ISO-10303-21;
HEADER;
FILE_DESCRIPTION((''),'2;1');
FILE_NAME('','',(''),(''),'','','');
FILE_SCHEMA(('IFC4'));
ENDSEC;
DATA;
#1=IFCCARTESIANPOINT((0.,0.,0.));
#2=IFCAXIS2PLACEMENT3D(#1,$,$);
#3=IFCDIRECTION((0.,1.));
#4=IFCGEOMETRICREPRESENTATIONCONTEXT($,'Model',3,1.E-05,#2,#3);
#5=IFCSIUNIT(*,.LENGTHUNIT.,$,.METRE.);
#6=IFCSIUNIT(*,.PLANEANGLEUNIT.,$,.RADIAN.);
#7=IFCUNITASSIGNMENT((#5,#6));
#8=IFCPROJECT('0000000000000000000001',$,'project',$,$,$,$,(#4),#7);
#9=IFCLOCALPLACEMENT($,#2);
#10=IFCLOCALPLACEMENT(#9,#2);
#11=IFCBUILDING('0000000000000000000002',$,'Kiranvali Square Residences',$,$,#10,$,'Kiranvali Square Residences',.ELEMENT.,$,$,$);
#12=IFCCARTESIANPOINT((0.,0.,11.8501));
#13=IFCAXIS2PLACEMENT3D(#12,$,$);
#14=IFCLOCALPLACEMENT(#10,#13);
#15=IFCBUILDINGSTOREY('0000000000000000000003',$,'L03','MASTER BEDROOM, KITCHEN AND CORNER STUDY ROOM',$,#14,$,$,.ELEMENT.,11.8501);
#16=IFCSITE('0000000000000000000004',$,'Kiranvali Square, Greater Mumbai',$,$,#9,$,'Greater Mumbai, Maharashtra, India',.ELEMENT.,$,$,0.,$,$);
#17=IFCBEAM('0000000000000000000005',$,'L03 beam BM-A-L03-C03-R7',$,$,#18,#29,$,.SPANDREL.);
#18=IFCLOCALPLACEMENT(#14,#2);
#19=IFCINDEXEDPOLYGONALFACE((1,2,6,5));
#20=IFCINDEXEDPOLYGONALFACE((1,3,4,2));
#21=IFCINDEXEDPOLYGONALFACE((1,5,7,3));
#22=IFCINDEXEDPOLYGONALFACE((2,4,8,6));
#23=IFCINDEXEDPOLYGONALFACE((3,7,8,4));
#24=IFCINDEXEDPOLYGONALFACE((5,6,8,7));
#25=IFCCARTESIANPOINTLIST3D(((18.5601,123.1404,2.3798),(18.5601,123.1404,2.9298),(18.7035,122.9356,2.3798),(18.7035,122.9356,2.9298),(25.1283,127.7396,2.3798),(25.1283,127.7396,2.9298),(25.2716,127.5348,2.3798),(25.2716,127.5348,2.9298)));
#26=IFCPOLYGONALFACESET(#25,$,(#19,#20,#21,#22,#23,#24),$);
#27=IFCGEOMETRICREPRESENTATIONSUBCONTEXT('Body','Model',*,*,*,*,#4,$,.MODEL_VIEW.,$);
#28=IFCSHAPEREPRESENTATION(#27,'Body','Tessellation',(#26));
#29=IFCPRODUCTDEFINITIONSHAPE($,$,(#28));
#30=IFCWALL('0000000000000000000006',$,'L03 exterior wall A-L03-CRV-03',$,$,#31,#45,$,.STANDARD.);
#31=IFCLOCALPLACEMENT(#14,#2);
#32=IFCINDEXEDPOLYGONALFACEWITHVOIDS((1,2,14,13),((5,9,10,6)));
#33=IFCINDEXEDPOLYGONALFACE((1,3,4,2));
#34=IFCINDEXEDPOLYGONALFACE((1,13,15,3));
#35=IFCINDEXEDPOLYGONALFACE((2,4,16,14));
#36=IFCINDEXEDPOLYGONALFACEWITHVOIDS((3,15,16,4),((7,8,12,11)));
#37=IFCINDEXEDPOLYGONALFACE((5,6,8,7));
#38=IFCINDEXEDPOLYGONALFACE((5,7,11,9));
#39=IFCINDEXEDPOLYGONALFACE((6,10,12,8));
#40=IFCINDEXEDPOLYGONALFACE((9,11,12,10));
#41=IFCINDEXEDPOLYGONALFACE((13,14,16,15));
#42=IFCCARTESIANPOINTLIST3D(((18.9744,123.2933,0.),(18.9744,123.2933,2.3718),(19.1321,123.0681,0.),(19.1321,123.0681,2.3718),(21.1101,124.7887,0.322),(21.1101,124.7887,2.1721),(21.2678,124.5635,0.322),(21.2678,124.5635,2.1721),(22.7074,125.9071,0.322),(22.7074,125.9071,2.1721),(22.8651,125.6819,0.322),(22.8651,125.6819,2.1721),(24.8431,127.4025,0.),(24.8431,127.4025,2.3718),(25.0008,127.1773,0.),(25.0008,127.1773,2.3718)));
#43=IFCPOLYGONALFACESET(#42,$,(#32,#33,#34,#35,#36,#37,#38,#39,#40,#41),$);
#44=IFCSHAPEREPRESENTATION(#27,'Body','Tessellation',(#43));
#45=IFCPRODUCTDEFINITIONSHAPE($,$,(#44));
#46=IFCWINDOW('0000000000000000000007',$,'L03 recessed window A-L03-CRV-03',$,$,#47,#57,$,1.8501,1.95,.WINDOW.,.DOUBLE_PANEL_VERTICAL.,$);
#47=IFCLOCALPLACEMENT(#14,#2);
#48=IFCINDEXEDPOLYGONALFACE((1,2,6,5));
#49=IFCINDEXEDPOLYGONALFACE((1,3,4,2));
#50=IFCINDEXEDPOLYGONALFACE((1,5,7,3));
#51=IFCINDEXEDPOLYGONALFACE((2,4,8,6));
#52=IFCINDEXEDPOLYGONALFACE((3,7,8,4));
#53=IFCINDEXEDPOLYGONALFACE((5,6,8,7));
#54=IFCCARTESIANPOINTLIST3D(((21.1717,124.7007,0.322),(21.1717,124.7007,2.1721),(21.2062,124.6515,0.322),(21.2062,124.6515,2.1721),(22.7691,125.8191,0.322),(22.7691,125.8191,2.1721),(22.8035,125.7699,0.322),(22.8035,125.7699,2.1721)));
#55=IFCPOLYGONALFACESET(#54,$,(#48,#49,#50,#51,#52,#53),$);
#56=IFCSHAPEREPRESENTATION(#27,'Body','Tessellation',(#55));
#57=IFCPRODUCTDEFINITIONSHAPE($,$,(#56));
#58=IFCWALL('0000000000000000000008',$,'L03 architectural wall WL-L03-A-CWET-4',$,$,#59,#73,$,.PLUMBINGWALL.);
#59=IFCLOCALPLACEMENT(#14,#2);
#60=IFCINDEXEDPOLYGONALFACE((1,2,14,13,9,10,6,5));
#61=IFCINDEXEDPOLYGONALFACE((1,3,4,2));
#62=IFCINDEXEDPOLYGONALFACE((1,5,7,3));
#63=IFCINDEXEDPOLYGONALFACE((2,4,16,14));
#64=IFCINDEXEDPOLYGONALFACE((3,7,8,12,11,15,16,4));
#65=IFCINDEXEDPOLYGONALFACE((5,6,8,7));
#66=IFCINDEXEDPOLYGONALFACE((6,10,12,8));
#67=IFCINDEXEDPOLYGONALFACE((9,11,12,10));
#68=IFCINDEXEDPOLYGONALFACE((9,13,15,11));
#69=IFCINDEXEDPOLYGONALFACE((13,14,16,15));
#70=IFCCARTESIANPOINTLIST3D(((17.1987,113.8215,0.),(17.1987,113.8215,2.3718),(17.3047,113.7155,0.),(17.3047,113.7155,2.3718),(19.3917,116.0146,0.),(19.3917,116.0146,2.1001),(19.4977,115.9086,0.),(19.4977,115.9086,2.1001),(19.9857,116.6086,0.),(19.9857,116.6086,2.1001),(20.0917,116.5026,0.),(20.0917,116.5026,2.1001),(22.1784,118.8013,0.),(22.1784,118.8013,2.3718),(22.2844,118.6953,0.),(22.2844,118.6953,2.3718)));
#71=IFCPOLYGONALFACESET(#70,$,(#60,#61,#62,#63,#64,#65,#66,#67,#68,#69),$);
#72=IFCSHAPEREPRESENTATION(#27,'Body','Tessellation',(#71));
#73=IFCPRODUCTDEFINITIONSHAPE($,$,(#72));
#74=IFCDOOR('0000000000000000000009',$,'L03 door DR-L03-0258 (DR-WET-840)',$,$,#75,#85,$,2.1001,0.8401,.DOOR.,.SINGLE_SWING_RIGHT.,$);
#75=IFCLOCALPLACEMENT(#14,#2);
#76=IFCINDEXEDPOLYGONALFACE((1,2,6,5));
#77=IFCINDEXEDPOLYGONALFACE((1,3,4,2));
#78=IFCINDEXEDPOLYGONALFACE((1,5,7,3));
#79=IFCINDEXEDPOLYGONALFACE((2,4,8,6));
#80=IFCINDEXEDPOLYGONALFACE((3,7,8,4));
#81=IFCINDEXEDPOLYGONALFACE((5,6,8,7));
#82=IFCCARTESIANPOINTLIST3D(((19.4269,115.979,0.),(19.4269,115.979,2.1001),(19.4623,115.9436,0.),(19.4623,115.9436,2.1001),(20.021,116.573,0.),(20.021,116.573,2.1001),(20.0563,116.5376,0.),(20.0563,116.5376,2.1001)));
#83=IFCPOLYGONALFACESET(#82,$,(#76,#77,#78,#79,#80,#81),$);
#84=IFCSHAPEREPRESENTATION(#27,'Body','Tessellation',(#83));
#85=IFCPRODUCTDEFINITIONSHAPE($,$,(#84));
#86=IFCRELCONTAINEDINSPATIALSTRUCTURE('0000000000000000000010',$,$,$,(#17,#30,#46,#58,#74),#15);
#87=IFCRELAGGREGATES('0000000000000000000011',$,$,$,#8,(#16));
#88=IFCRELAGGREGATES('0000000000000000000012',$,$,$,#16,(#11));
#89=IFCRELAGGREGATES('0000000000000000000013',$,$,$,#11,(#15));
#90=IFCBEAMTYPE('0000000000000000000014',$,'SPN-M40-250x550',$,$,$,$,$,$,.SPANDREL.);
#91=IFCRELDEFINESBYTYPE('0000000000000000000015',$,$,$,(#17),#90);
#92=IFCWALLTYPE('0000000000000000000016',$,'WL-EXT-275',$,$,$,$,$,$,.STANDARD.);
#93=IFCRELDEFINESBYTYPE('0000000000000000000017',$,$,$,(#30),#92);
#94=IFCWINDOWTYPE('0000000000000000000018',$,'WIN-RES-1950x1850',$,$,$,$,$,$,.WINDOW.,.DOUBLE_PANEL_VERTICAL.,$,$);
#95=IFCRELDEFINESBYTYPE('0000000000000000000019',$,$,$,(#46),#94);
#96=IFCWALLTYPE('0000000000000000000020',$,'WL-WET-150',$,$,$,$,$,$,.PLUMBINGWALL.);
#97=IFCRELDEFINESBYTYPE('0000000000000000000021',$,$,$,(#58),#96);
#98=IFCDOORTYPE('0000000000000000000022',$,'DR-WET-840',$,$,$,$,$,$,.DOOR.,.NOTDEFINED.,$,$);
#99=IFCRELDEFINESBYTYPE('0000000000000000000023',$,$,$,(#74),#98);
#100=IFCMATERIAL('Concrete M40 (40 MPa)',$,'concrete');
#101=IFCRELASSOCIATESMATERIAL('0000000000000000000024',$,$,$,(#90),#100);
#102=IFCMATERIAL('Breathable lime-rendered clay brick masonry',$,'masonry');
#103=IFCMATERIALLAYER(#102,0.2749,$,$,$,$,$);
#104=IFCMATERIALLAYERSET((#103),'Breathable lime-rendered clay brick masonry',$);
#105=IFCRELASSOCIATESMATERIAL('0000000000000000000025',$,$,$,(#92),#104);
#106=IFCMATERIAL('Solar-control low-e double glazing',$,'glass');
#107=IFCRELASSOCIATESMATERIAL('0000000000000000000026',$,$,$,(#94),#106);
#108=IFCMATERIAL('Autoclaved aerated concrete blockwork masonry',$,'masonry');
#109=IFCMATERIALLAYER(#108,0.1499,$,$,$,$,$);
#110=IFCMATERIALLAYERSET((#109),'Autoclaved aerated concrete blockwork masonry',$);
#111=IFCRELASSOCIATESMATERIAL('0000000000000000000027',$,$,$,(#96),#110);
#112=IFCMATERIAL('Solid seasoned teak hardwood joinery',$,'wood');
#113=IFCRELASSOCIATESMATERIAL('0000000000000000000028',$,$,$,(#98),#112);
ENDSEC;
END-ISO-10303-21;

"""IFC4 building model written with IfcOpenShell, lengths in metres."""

from ifc_helpers import new_model, si_unit, direction, frame, frame_2d, origin, origin_2d, place, context, subcontext, project, spatial, rectangle, extrude, material, layer, layer_set, material_profile, profile_set, type_object, element, fill, save


model = new_model("IFC4")

# Units and contexts
model_context = context("Model", 3, precision=1e-05, world=origin(), true_north=direction((0.0, 1.0)))
body_context = subcontext(model_context, "Body", "Model", "MODEL_VIEW")
ifc_project = project(units=[si_unit("LENGTHUNIT", "METRE"), si_unit("PLANEANGLEUNIT", "RADIAN")], contexts=[model_context])

# Site, building, storey
site_placement = place(None, origin())
site = spatial("IfcSite", under=ifc_project, at=site_placement, Name="Kiranvali Square, Greater Mumbai", LongName="Greater Mumbai, Maharashtra, India", CompositionType="ELEMENT", RefElevation=0.0)
building_placement = place(site_placement, origin())
building = spatial("IfcBuilding", under=site, at=building_placement, Name="Kiranvali Square Residences", LongName="Kiranvali Square Residences", CompositionType="ELEMENT")
storey_placement = place(building_placement, frame((0.0, 0.0, 11.8501)))
storey = spatial("IfcBuildingStorey", under=building, at=storey_placement, Name="L03", Description="MASTER BEDROOM, KITCHEN AND CORNER STUDY ROOM", CompositionType="ELEMENT", Elevation=11.8501)

# Beam
ifc_material_1 = material(Name="Concrete M40 (40 MPa)", Category="concrete")
ifc_material_profile_1 = material_profile(ifc_material_1, rectangle(XDim=0.25, YDim=0.55, at=origin_2d()), Name="RC 250x550")
ifc_profile_set_1 = profile_set([ifc_material_profile_1], Name="Concrete M40 (40 MPa)")
beam_type_1 = type_object("IfcBeamType", Name="SPN-M40-250x550", PredefinedType="SPANDREL", material=ifc_profile_set_1)
beam_1_placement = place(storey_placement, frame((25.2, 127.6372, 2.6548), z_axis=(-0.819148, -0.573583, 0.0), x_axis=(0.573583, -0.819148, 0.0)))
element("IfcBeam", 1, at=beam_1_placement, inside=storey, type_object=beam_type_1, Name="L03 beam BM-A-L03-C03-R7", PredefinedType="SPANDREL", context=body_context, shape_type="SweptSolid", body=[
    extrude(rectangle(XDim=0.25, YDim=0.55, at=origin_2d()), origin(), (0.0, 0.0, 1.0), 8.0183),
])

# Wall, opening, window
ifc_material_2 = material(Name="Breathable lime-rendered clay brick masonry", Category="masonry")
ifc_layer_1 = layer(ifc_material_2, 0.2749)
ifc_layer_set_1 = layer_set([ifc_layer_1], Name="Breathable lime-rendered clay brick masonry")
wall_type_1 = type_object("IfcWallType", Name="WL-EXT-275", PredefinedType="STANDARD", material=ifc_layer_set_1)
wall_1_placement = place(storey_placement, frame((24.9219, 127.2898, 0.0), z_axis=(0.0, 0.0, 1.0), x_axis=(-0.819161, -0.573563, 0.0)))
wall_1 = element("IfcWall", 2, at=wall_1_placement, inside=storey, type_object=wall_type_1, Name="L03 exterior wall A-L03-CRV-03", PredefinedType="STANDARD", context=body_context, shape_type="SweptSolid", body=[
    extrude(rectangle(XDim=7.1643, YDim=0.2749, at=frame_2d((3.582, 0.0))), origin(), (0.0, 0.0, 1.0), 2.3718),
])
opening_1_placement = place(wall_1_placement, frame((2.6069, 0.0, 0.322)))
opening_1 = element("IfcOpeningElement", 3, at=opening_1_placement, cuts=wall_1, PredefinedType="OPENING", context=body_context, shape_type="SweptSolid", body=[
    extrude(rectangle(XDim=1.95, YDim=1.8501, at=frame_2d((0.9751, 0.925))), frame((0.0, 0.1475, 0.0), z_axis=(0.0, -1.0, 0.0), x_axis=(1.0, 0.0, 0.0)), (0.0, 0.0, 1.0), 0.2949),
])
ifc_material_3 = material(Name="Solar-control low-e double glazing", Category="glass")
window_type = type_object("IfcWindowType", Name="WIN-RES-1950x1850", PartitioningType="DOUBLE_PANEL_VERTICAL", PredefinedType="WINDOW", material=ifc_material_3)
window_placement = place(opening_1_placement, origin())
window = element("IfcWindow", 4, at=window_placement, inside=storey, type_object=window_type, Name="L03 recessed window A-L03-CRV-03", OverallHeight=1.8501, OverallWidth=1.95, PartitioningType="DOUBLE_PANEL_VERTICAL", PredefinedType="WINDOW", context=body_context, shape_type="SweptSolid", body=[
    extrude(rectangle(XDim=1.95, YDim=1.8501, at=frame_2d((0.9751, 0.925))), frame((0.0, 0.03, 0.0), z_axis=(0.0, -1.0, 0.0), x_axis=(1.0, 0.0, 0.0)), (0.0, 0.0, 1.0), 0.0601),
])
fill(opening_1, window)

# Wall, opening, door
ifc_material_4 = material(Name="Autoclaved aerated concrete blockwork masonry", Category="masonry")
ifc_layer_2 = layer(ifc_material_4, 0.1499)
ifc_layer_set_2 = layer_set([ifc_layer_2], Name="Autoclaved aerated concrete blockwork masonry")
wall_type_2 = type_object("IfcWallType", Name="WL-WET-150", PredefinedType="PLUMBINGWALL", material=ifc_layer_set_2)
wall_2_placement = place(storey_placement, frame((22.2314, 118.7483, 0.0), z_axis=(0.0, 0.0, 1.0), x_axis=(-0.707107, -0.707107, 0.0)))
wall_2 = element("IfcWall", 5, at=wall_2_placement, inside=storey, type_object=wall_type_2, Name="L03 architectural wall WL-L03-A-CWET-4", PredefinedType="PLUMBINGWALL", context=body_context, shape_type="SweptSolid", body=[
    extrude(rectangle(XDim=7.0425, YDim=0.1499, at=frame_2d((3.5212, 0.0))), origin(), (0.0, 0.0, 1.0), 2.3718),
])
opening_2_placement = place(wall_2_placement, frame((3.1011, 0.0, 0.0)))
opening_2 = element("IfcOpeningElement", 6, at=opening_2_placement, cuts=wall_2, PredefinedType="OPENING", context=body_context, shape_type="SweptSolid", body=[
    extrude(rectangle(XDim=0.8401, YDim=2.1001, at=frame_2d((0.4199, 1.05))), frame((0.0, 0.085, 0.0), z_axis=(0.0, -1.0, 0.0), x_axis=(1.0, 0.0, 0.0)), (0.0, 0.0, 1.0), 0.1699),
])
ifc_material_5 = material(Name="Solid seasoned teak hardwood joinery", Category="wood")
door_type = type_object("IfcDoorType", Name="DR-WET-840", OperationType="NOTDEFINED", PredefinedType="DOOR", material=ifc_material_5)
door_placement = place(opening_2_placement, frame((0.8401, 0.0, 0.0), z_axis=(0.0, 0.0, 1.0), x_axis=(-1.0, 0.0, 0.0)))
door = element("IfcDoor", 7, at=door_placement, inside=storey, type_object=door_type, Name="L03 door DR-L03-0258 (DR-WET-840)", OperationType="SINGLE_SWING_RIGHT", OverallHeight=2.1001, OverallWidth=0.8401, PredefinedType="DOOR", context=body_context, shape_type="SweptSolid", body=[
    extrude(rectangle(XDim=0.8401, YDim=2.1001, at=frame_2d((0.4199, 1.05))), frame((0.0, 0.0249, 0.0), z_axis=(0.0, -1.0, 0.0), x_axis=(1.0, 0.0, 0.0)), (0.0, 0.0, 1.0), 0.05),
])
fill(opening_2, door)

save(model, "model.ifc")
